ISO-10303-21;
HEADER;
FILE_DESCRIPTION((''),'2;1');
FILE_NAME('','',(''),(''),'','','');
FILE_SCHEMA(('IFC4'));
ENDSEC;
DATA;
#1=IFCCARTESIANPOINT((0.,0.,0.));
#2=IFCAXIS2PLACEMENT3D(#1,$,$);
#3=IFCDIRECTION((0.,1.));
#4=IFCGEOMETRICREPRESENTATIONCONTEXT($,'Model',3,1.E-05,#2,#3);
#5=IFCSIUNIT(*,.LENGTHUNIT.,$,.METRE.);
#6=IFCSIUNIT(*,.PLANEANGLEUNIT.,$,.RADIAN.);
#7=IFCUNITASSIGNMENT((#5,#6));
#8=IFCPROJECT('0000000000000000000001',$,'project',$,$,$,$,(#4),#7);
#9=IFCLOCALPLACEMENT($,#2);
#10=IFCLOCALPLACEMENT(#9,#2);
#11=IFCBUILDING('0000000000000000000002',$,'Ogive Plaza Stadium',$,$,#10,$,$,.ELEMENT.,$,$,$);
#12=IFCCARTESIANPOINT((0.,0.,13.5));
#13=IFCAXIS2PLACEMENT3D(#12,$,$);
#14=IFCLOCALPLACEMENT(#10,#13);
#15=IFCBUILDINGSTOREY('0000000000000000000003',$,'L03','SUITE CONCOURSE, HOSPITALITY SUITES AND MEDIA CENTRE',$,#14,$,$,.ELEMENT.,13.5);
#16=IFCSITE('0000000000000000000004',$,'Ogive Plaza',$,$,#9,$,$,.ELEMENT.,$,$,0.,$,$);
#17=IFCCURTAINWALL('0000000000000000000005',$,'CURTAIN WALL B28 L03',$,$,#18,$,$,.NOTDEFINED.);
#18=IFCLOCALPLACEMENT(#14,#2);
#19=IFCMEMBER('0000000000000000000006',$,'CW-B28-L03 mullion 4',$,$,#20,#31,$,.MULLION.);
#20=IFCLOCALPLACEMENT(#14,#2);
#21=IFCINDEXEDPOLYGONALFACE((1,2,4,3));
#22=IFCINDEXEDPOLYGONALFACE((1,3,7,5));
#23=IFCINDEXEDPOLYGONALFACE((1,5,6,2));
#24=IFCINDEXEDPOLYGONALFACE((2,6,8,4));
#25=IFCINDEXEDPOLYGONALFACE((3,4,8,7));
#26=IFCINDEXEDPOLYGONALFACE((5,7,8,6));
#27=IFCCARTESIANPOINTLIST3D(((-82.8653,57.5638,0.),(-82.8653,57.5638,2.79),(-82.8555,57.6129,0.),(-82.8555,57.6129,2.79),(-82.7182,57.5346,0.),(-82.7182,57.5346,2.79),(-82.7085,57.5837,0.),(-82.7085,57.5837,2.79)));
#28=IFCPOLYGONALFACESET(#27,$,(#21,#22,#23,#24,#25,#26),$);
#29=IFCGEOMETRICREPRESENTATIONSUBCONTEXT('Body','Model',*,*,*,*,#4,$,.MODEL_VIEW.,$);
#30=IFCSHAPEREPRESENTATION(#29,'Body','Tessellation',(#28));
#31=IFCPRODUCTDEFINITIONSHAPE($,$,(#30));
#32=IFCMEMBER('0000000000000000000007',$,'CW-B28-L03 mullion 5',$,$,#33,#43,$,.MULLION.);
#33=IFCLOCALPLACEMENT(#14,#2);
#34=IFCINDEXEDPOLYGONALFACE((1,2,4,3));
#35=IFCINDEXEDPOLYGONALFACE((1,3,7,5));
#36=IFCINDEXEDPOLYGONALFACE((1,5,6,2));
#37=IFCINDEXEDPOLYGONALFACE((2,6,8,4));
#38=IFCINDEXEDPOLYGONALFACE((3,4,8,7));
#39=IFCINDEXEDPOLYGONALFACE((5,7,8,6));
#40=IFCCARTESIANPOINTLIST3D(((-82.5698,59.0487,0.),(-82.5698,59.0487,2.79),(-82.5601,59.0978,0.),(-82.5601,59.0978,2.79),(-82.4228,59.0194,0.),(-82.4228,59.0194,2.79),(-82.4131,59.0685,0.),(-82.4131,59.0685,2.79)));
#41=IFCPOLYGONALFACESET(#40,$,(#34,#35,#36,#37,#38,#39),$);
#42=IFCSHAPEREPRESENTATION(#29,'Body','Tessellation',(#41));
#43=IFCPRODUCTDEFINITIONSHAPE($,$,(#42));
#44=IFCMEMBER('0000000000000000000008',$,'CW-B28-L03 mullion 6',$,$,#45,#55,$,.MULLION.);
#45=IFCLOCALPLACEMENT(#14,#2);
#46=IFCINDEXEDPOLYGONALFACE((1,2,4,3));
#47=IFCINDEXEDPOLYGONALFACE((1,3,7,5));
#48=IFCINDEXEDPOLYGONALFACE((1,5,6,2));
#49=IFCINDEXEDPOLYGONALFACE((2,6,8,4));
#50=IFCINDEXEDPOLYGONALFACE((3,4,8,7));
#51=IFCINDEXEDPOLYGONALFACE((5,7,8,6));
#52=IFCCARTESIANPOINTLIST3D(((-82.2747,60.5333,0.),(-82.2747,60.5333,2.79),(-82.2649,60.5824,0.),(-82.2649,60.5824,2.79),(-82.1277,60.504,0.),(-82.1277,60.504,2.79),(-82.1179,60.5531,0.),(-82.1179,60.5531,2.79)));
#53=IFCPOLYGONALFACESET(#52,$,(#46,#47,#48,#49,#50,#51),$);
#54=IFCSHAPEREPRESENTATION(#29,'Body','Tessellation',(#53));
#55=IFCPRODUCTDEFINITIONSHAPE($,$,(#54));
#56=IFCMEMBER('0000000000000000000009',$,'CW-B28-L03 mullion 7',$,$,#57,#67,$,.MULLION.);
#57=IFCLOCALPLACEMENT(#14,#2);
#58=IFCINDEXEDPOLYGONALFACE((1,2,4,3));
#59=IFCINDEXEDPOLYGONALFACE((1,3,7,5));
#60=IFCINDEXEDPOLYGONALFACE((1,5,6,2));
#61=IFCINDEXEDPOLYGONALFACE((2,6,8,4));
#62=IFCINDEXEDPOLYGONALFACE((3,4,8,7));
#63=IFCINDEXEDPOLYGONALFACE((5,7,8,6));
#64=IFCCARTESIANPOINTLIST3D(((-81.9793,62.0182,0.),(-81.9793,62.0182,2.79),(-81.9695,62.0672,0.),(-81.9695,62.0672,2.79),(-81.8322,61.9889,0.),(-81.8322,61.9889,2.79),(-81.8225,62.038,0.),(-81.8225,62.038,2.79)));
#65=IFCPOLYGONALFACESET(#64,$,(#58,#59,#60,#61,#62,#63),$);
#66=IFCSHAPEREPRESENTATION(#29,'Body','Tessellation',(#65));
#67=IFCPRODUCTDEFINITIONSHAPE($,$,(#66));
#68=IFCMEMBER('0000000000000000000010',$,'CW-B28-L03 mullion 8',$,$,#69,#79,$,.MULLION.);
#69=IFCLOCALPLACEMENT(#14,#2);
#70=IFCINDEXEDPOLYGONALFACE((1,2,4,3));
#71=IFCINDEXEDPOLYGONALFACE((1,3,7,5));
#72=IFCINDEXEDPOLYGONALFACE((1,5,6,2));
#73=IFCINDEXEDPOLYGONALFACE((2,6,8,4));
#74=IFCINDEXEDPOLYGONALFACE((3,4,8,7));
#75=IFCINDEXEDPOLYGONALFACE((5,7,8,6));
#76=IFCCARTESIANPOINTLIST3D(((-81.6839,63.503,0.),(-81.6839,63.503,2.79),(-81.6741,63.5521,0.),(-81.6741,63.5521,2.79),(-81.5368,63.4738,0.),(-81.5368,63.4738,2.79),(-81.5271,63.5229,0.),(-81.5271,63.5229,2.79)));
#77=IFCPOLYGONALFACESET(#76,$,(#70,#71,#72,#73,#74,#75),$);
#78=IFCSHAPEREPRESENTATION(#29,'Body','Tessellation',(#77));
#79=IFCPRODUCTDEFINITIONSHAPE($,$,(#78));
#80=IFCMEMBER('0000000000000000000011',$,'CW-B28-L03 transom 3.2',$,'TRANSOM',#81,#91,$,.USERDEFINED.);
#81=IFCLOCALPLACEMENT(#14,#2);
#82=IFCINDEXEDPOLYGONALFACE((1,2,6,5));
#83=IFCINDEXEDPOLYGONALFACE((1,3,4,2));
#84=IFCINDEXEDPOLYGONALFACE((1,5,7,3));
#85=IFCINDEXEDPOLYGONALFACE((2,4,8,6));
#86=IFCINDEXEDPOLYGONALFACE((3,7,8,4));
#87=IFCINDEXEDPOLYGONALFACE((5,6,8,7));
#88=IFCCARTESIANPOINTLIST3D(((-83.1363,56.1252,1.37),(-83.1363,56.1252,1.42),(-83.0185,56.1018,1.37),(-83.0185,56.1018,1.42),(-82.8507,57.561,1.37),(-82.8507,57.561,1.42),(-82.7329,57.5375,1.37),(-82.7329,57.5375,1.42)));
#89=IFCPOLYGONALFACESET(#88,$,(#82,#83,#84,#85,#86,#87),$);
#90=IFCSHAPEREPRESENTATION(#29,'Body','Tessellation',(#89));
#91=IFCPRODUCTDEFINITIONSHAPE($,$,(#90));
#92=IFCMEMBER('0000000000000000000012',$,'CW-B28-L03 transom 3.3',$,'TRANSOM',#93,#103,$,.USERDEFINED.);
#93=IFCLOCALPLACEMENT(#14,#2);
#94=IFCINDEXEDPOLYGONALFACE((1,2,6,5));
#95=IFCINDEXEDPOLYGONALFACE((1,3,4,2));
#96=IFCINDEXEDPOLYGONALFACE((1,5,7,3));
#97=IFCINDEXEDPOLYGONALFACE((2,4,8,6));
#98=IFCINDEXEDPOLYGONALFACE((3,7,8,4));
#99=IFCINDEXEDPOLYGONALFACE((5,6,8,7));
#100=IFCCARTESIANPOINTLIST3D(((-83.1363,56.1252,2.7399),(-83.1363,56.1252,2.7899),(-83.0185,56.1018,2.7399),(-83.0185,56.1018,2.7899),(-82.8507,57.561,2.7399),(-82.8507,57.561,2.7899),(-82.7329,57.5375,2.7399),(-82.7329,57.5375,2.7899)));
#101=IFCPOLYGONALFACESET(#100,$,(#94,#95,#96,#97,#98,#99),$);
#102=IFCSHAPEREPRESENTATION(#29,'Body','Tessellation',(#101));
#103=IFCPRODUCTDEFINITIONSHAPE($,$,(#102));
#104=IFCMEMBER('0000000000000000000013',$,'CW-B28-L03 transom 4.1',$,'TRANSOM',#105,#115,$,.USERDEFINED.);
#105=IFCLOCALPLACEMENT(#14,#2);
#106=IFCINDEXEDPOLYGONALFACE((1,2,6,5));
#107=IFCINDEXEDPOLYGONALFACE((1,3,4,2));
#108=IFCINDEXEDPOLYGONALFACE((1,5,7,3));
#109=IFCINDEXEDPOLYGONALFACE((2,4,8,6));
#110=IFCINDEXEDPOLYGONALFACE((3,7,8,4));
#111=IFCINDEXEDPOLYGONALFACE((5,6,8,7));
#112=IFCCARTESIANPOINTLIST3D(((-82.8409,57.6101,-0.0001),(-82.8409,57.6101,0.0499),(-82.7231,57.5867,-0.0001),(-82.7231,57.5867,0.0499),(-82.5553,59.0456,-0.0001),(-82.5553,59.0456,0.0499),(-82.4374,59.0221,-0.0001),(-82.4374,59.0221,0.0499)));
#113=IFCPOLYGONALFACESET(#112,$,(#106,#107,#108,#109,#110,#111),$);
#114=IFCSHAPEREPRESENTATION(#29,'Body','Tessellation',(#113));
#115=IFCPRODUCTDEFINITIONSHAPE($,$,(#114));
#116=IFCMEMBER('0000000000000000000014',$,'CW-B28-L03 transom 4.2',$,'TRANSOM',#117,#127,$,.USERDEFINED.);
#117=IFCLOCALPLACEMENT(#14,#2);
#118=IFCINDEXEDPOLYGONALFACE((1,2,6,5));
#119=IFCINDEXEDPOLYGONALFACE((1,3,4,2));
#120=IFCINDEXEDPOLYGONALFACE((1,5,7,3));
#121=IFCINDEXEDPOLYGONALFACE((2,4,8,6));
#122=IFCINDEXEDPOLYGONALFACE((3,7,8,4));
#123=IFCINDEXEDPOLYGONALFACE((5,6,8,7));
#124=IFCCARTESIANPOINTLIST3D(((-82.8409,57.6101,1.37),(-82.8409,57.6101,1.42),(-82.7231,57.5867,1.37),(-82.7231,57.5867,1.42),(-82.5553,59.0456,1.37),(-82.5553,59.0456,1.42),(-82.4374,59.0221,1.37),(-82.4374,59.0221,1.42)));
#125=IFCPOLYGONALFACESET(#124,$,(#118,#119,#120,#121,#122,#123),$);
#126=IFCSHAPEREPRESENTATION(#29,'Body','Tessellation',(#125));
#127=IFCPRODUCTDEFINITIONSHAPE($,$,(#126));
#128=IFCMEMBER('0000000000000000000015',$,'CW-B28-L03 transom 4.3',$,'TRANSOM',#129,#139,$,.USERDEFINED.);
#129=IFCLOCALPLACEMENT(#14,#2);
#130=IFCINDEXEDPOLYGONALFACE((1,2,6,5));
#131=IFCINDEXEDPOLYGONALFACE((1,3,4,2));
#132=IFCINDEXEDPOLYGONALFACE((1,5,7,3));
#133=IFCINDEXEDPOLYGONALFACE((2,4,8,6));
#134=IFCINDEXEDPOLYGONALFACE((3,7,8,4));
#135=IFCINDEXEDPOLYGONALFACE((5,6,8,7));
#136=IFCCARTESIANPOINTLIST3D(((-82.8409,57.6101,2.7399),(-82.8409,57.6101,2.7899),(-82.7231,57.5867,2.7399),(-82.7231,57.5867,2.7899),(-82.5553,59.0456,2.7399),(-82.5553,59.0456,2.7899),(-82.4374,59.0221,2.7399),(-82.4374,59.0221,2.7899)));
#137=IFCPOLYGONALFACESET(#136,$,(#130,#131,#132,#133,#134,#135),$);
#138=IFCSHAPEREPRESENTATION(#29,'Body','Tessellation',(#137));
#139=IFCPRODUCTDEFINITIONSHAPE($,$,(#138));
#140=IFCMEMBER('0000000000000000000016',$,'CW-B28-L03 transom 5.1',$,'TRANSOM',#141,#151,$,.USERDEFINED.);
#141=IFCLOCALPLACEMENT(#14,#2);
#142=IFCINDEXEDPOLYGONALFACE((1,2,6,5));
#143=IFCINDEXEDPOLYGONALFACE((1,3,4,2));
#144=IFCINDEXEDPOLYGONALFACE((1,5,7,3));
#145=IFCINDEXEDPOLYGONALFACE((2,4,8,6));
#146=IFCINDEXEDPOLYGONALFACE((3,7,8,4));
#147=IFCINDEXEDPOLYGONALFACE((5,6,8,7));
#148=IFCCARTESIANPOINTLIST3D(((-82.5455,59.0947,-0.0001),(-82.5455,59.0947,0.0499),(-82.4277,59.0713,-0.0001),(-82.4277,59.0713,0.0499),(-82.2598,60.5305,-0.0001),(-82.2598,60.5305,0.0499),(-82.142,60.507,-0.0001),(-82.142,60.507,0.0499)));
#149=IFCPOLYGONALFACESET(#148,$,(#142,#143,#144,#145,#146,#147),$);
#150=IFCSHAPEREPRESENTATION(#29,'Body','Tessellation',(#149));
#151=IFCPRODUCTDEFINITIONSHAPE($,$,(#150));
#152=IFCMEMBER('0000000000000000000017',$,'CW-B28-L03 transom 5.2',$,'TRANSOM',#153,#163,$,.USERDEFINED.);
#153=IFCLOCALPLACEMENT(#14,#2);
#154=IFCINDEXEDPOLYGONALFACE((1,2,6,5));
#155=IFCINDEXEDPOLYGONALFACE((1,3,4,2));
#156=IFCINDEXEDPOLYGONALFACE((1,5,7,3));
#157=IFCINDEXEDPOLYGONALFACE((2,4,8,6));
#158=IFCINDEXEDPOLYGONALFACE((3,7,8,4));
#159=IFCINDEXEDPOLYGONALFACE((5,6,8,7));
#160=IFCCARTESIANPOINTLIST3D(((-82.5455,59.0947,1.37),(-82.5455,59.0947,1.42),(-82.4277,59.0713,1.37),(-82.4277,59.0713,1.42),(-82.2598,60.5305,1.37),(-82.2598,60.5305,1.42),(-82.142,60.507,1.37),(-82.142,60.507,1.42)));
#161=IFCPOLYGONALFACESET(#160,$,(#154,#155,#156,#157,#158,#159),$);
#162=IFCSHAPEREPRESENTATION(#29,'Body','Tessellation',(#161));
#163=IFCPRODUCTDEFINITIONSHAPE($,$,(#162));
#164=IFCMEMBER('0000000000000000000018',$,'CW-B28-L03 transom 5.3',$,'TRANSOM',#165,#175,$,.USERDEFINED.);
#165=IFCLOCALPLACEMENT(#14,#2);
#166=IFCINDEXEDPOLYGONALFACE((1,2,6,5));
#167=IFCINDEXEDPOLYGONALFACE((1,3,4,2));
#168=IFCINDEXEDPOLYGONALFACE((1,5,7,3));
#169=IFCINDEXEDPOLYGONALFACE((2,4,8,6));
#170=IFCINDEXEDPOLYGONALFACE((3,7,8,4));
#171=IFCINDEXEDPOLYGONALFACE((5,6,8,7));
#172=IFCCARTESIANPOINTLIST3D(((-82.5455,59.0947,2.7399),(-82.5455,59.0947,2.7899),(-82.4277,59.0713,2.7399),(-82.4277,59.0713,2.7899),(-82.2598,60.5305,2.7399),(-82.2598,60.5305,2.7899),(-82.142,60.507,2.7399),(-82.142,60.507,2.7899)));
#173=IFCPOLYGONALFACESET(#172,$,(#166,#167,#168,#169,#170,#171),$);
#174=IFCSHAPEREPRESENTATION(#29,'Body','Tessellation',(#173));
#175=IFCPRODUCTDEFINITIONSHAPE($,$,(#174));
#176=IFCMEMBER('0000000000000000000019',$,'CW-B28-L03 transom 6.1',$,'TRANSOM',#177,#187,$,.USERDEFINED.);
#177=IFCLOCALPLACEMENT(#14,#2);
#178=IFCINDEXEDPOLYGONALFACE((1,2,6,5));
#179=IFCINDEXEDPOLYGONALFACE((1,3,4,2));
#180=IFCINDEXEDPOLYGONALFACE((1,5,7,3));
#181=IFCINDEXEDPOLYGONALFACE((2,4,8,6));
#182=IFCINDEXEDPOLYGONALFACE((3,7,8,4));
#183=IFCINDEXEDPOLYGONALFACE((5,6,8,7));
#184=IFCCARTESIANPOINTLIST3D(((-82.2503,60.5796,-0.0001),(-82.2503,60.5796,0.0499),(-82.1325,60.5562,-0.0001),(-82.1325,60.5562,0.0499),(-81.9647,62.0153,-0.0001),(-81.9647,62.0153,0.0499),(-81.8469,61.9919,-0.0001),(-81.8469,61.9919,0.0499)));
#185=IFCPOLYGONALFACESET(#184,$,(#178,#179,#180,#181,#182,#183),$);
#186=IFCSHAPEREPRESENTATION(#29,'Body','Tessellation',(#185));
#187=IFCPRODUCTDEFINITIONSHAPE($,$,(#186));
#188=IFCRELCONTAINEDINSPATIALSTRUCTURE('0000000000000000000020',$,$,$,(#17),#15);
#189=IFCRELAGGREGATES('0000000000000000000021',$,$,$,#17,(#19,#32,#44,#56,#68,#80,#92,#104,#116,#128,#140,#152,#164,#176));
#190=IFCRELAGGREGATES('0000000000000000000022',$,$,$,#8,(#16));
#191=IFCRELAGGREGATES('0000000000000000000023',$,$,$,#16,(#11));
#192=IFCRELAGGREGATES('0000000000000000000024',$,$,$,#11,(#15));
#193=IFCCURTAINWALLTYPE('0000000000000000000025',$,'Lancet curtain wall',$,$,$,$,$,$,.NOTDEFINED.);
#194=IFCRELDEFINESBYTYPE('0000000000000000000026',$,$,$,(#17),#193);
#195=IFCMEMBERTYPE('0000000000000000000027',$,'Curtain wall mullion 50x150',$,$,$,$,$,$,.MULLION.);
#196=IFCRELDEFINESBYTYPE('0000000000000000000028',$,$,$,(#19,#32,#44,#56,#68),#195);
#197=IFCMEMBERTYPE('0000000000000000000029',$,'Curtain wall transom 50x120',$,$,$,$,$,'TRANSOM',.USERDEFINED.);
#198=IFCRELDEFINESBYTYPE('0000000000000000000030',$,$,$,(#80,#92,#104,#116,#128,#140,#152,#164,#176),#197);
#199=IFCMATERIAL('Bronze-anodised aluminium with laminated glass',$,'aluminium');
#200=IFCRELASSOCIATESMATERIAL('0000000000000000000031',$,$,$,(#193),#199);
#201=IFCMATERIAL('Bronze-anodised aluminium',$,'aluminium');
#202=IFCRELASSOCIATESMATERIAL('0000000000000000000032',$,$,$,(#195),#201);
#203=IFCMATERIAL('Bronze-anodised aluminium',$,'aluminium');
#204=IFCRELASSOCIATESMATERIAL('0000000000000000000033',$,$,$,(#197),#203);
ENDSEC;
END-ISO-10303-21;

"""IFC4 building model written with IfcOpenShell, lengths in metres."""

from ifc_helpers import new_model, si_unit, direction, frame, origin, origin_2d, place, context, subcontext, project, spatial, rectangle, extrude, material, material_profile, profile_set, type_object, element, aggregate, save


model = new_model("IFC4")

# Units and contexts
model_context = context("Model", 3, precision=1e-05, world=origin(), true_north=direction((0.0, 1.0)))
body_context = subcontext(model_context, "Body", "Model", "MODEL_VIEW")
ifc_project = project(units=[si_unit("LENGTHUNIT", "METRE"), si_unit("PLANEANGLEUNIT", "RADIAN")], contexts=[model_context])

# Site, building, storey
site_placement = place(None, origin())
site = spatial("IfcSite", under=ifc_project, at=site_placement, Name="Ogive Plaza", CompositionType="ELEMENT", RefElevation=0.0)
building_placement = place(site_placement, origin())
building = spatial("IfcBuilding", under=site, at=building_placement, Name="Ogive Plaza Stadium", CompositionType="ELEMENT")
storey_placement = place(building_placement, frame((0.0, 0.0, 13.5)))
storey = spatial("IfcBuildingStorey", under=building, at=storey_placement, Name="L03", Description="SUITE CONCOURSE, HOSPITALITY SUITES AND MEDIA CENTRE", CompositionType="ELEMENT", Elevation=13.5)

# Curtain wall, members
ifc_material_1 = material(Name="Bronze-anodised aluminium with laminated glass", Category="aluminium")
curtain_wall_type = type_object("IfcCurtainWallType", Name="Lancet curtain wall", PredefinedType="NOTDEFINED", material=ifc_material_1)
curtain_wall_placement = place(storey_placement, origin())
curtain_wall = element("IfcCurtainWall", 1, at=curtain_wall_placement, inside=storey, type_object=curtain_wall_type, Name="CURTAIN WALL B28 L03", PredefinedType="NOTDEFINED")
ifc_material_2 = material(Name="Bronze-anodised aluminium", Category="aluminium")
ifc_material_profile_1 = material_profile(ifc_material_2, rectangle(XDim=0.1499, YDim=0.05, at=origin_2d()), Name="AL 150x50")
ifc_profile_set_1 = profile_set([ifc_material_profile_1], Name="Bronze-anodised aluminium")
member_type_1 = type_object("IfcMemberType", Name="Curtain wall mullion 50x150", PredefinedType="MULLION", material=ifc_profile_set_1)
member_1_placement = place(storey_placement, frame((-82.7869, 57.5737, 0.0), z_axis=(0.0, 0.0, 1.0), x_axis=(-0.980785, 0.19509, 0.0)))
member_1 = element("IfcMember", 2, at=member_1_placement, type_object=member_type_1, Name="CW-B28-L03 mullion 4", PredefinedType="MULLION", context=body_context, shape_type="SweptSolid", body=[
    extrude(rectangle(XDim=0.1499, YDim=0.05, at=origin_2d()), origin(), (0.0, 0.0, 1.0), 2.79),
])
member_2_placement = place(storey_placement, frame((-82.4915, 59.0586, 0.0), z_axis=(0.0, 0.0, 1.0), x_axis=(-0.980785, 0.19509, 0.0)))
member_2 = element("IfcMember", 3, at=member_2_placement, type_object=member_type_1, Name="CW-B28-L03 mullion 5", PredefinedType="MULLION", context=body_context, shape_type="SweptSolid", body=[
    extrude(rectangle(XDim=0.1499, YDim=0.05, at=origin_2d()), origin(), (0.0, 0.0, 1.0), 2.79),
])
member_3_placement = place(storey_placement, frame((-82.1963, 60.5432, 0.0), z_axis=(0.0, 0.0, 1.0), x_axis=(-0.980785, 0.19509, 0.0)))
member_3 = element("IfcMember", 4, at=member_3_placement, type_object=member_type_1, Name="CW-B28-L03 mullion 6", PredefinedType="MULLION", context=body_context, shape_type="SweptSolid", body=[
    extrude(rectangle(XDim=0.1499, YDim=0.05, at=origin_2d()), origin(), (0.0, 0.0, 1.0), 2.79),
])
member_4_placement = place(storey_placement, frame((-81.9009, 62.0281, 0.0), z_axis=(0.0, 0.0, 1.0), x_axis=(-0.980785, 0.19509, 0.0)))
member_4 = element("IfcMember", 5, at=member_4_placement, type_object=member_type_1, Name="CW-B28-L03 mullion 7", PredefinedType="MULLION", context=body_context, shape_type="SweptSolid", body=[
    extrude(rectangle(XDim=0.1499, YDim=0.05, at=origin_2d()), origin(), (0.0, 0.0, 1.0), 2.79),
])
member_5_placement = place(storey_placement, frame((-81.6055, 63.5129, 0.0), z_axis=(0.0, 0.0, 1.0), x_axis=(-0.980785, 0.19509, 0.0)))
member_5 = element("IfcMember", 6, at=member_5_placement, type_object=member_type_1, Name="CW-B28-L03 mullion 8", PredefinedType="MULLION", context=body_context, shape_type="SweptSolid", body=[
    extrude(rectangle(XDim=0.1499, YDim=0.05, at=origin_2d()), origin(), (0.0, 0.0, 1.0), 2.79),
])
ifc_material_3 = material(Name="Bronze-anodised aluminium", Category="aluminium")
ifc_material_profile_2 = material_profile(ifc_material_3, rectangle(XDim=0.1201, YDim=0.05, at=origin_2d()), Name="AL 120x50")
ifc_profile_set_2 = profile_set([ifc_material_profile_2], Name="Bronze-anodised aluminium")
member_type_2 = type_object("IfcMemberType", Name="Curtain wall transom 50x120", ElementType="TRANSOM", PredefinedType="USERDEFINED", material=ifc_profile_set_2)
member_6_placement = place(storey_placement, frame((-83.0774, 56.1135, 1.395), z_axis=(0.195122, 0.980779, 0.0), x_axis=(-0.980779, 0.195122, 0.0)))
member_6 = element("IfcMember", 7, at=member_6_placement, type_object=member_type_2, Name="CW-B28-L03 transom 3.2", ObjectType="TRANSOM", PredefinedType="USERDEFINED", context=body_context, shape_type="SweptSolid", body=[
    extrude(rectangle(XDim=0.1201, YDim=0.05, at=origin_2d()), origin(), (0.0, 0.0, 1.0), 1.4639),
])
member_7_placement = place(storey_placement, frame((-83.0774, 56.1135, 2.7649), z_axis=(0.195122, 0.980779, 0.0), x_axis=(-0.980779, 0.195122, 0.0)))
member_7 = element("IfcMember", 8, at=member_7_placement, type_object=member_type_2, Name="CW-B28-L03 transom 3.3", ObjectType="TRANSOM", PredefinedType="USERDEFINED", context=body_context, shape_type="SweptSolid", body=[
    extrude(rectangle(XDim=0.1201, YDim=0.05, at=origin_2d()), origin(), (0.0, 0.0, 1.0), 1.4639),
])
member_8_placement = place(storey_placement, frame((-82.782, 57.5984, 0.0249), z_axis=(0.195154, 0.980773, 0.0), x_axis=(-0.980773, 0.195154, 0.0)))
member_8 = element("IfcMember", 9, at=member_8_placement, type_object=member_type_2, Name="CW-B28-L03 transom 4.1", ObjectType="TRANSOM", PredefinedType="USERDEFINED", context=body_context, shape_type="SweptSolid", body=[
    extrude(rectangle(XDim=0.1201, YDim=0.05, at=origin_2d()), origin(), (0.0, 0.0, 1.0), 1.4636),
])
member_9_placement = place(storey_placement, frame((-82.782, 57.5984, 1.395), z_axis=(0.195154, 0.980773, 0.0), x_axis=(-0.980773, 0.195154, 0.0)))
member_9 = element("IfcMember", 10, at=member_9_placement, type_object=member_type_2, Name="CW-B28-L03 transom 4.2", ObjectType="TRANSOM", PredefinedType="USERDEFINED", context=body_context, shape_type="SweptSolid", body=[
    extrude(rectangle(XDim=0.1201, YDim=0.05, at=origin_2d()), origin(), (0.0, 0.0, 1.0), 1.4636),
])
member_10_placement = place(storey_placement, frame((-82.782, 57.5984, 2.7649), z_axis=(0.195154, 0.980773, 0.0), x_axis=(-0.980773, 0.195154, 0.0)))
member_10 = element("IfcMember", 11, at=member_10_placement, type_object=member_type_2, Name="CW-B28-L03 transom 4.3", ObjectType="TRANSOM", PredefinedType="USERDEFINED", context=body_context, shape_type="SweptSolid", body=[
    extrude(rectangle(XDim=0.1201, YDim=0.05, at=origin_2d()), origin(), (0.0, 0.0, 1.0), 1.4636),
])
member_11_placement = place(storey_placement, frame((-82.4866, 59.083, 0.0249), z_axis=(0.195122, 0.980779, 0.0), x_axis=(-0.980779, 0.195122, 0.0)))
member_11 = element("IfcMember", 12, at=member_11_placement, type_object=member_type_2, Name="CW-B28-L03 transom 5.1", ObjectType="TRANSOM", PredefinedType="USERDEFINED", context=body_context, shape_type="SweptSolid", body=[
    extrude(rectangle(XDim=0.1201, YDim=0.05, at=origin_2d()), origin(), (0.0, 0.0, 1.0), 1.4639),
])
member_12_placement = place(storey_placement, frame((-82.4866, 59.083, 1.395), z_axis=(0.195122, 0.980779, 0.0), x_axis=(-0.980779, 0.195122, 0.0)))
member_12 = element("IfcMember", 13, at=member_12_placement, type_object=member_type_2, Name="CW-B28-L03 transom 5.2", ObjectType="TRANSOM", PredefinedType="USERDEFINED", context=body_context, shape_type="SweptSolid", body=[
    extrude(rectangle(XDim=0.1201, YDim=0.05, at=origin_2d()), origin(), (0.0, 0.0, 1.0), 1.4639),
])
member_13_placement = place(storey_placement, frame((-82.4866, 59.083, 2.7649), z_axis=(0.195122, 0.980779, 0.0), x_axis=(-0.980779, 0.195122, 0.0)))
member_13 = element("IfcMember", 14, at=member_13_placement, type_object=member_type_2, Name="CW-B28-L03 transom 5.3", ObjectType="TRANSOM", PredefinedType="USERDEFINED", context=body_context, shape_type="SweptSolid", body=[
    extrude(rectangle(XDim=0.1201, YDim=0.05, at=origin_2d()), origin(), (0.0, 0.0, 1.0), 1.4639),
])
member_14_placement = place(storey_placement, frame((-82.1914, 60.5679, 0.0249), z_axis=(0.195122, 0.980779, 0.0), x_axis=(-0.980779, 0.195122, 0.0)))
member_14 = element("IfcMember", 15, at=member_14_placement, type_object=member_type_2, Name="CW-B28-L03 transom 6.1", ObjectType="TRANSOM", PredefinedType="USERDEFINED", context=body_context, shape_type="SweptSolid", body=[
    extrude(rectangle(XDim=0.1201, YDim=0.05, at=origin_2d()), origin(), (0.0, 0.0, 1.0), 1.4639),
])
aggregate(curtain_wall, [member_1, member_2, member_3, member_4, member_5, member_6, member_7, member_8, member_9, member_10, member_11, member_12, member_13, member_14])

save(model, "model.ifc")
